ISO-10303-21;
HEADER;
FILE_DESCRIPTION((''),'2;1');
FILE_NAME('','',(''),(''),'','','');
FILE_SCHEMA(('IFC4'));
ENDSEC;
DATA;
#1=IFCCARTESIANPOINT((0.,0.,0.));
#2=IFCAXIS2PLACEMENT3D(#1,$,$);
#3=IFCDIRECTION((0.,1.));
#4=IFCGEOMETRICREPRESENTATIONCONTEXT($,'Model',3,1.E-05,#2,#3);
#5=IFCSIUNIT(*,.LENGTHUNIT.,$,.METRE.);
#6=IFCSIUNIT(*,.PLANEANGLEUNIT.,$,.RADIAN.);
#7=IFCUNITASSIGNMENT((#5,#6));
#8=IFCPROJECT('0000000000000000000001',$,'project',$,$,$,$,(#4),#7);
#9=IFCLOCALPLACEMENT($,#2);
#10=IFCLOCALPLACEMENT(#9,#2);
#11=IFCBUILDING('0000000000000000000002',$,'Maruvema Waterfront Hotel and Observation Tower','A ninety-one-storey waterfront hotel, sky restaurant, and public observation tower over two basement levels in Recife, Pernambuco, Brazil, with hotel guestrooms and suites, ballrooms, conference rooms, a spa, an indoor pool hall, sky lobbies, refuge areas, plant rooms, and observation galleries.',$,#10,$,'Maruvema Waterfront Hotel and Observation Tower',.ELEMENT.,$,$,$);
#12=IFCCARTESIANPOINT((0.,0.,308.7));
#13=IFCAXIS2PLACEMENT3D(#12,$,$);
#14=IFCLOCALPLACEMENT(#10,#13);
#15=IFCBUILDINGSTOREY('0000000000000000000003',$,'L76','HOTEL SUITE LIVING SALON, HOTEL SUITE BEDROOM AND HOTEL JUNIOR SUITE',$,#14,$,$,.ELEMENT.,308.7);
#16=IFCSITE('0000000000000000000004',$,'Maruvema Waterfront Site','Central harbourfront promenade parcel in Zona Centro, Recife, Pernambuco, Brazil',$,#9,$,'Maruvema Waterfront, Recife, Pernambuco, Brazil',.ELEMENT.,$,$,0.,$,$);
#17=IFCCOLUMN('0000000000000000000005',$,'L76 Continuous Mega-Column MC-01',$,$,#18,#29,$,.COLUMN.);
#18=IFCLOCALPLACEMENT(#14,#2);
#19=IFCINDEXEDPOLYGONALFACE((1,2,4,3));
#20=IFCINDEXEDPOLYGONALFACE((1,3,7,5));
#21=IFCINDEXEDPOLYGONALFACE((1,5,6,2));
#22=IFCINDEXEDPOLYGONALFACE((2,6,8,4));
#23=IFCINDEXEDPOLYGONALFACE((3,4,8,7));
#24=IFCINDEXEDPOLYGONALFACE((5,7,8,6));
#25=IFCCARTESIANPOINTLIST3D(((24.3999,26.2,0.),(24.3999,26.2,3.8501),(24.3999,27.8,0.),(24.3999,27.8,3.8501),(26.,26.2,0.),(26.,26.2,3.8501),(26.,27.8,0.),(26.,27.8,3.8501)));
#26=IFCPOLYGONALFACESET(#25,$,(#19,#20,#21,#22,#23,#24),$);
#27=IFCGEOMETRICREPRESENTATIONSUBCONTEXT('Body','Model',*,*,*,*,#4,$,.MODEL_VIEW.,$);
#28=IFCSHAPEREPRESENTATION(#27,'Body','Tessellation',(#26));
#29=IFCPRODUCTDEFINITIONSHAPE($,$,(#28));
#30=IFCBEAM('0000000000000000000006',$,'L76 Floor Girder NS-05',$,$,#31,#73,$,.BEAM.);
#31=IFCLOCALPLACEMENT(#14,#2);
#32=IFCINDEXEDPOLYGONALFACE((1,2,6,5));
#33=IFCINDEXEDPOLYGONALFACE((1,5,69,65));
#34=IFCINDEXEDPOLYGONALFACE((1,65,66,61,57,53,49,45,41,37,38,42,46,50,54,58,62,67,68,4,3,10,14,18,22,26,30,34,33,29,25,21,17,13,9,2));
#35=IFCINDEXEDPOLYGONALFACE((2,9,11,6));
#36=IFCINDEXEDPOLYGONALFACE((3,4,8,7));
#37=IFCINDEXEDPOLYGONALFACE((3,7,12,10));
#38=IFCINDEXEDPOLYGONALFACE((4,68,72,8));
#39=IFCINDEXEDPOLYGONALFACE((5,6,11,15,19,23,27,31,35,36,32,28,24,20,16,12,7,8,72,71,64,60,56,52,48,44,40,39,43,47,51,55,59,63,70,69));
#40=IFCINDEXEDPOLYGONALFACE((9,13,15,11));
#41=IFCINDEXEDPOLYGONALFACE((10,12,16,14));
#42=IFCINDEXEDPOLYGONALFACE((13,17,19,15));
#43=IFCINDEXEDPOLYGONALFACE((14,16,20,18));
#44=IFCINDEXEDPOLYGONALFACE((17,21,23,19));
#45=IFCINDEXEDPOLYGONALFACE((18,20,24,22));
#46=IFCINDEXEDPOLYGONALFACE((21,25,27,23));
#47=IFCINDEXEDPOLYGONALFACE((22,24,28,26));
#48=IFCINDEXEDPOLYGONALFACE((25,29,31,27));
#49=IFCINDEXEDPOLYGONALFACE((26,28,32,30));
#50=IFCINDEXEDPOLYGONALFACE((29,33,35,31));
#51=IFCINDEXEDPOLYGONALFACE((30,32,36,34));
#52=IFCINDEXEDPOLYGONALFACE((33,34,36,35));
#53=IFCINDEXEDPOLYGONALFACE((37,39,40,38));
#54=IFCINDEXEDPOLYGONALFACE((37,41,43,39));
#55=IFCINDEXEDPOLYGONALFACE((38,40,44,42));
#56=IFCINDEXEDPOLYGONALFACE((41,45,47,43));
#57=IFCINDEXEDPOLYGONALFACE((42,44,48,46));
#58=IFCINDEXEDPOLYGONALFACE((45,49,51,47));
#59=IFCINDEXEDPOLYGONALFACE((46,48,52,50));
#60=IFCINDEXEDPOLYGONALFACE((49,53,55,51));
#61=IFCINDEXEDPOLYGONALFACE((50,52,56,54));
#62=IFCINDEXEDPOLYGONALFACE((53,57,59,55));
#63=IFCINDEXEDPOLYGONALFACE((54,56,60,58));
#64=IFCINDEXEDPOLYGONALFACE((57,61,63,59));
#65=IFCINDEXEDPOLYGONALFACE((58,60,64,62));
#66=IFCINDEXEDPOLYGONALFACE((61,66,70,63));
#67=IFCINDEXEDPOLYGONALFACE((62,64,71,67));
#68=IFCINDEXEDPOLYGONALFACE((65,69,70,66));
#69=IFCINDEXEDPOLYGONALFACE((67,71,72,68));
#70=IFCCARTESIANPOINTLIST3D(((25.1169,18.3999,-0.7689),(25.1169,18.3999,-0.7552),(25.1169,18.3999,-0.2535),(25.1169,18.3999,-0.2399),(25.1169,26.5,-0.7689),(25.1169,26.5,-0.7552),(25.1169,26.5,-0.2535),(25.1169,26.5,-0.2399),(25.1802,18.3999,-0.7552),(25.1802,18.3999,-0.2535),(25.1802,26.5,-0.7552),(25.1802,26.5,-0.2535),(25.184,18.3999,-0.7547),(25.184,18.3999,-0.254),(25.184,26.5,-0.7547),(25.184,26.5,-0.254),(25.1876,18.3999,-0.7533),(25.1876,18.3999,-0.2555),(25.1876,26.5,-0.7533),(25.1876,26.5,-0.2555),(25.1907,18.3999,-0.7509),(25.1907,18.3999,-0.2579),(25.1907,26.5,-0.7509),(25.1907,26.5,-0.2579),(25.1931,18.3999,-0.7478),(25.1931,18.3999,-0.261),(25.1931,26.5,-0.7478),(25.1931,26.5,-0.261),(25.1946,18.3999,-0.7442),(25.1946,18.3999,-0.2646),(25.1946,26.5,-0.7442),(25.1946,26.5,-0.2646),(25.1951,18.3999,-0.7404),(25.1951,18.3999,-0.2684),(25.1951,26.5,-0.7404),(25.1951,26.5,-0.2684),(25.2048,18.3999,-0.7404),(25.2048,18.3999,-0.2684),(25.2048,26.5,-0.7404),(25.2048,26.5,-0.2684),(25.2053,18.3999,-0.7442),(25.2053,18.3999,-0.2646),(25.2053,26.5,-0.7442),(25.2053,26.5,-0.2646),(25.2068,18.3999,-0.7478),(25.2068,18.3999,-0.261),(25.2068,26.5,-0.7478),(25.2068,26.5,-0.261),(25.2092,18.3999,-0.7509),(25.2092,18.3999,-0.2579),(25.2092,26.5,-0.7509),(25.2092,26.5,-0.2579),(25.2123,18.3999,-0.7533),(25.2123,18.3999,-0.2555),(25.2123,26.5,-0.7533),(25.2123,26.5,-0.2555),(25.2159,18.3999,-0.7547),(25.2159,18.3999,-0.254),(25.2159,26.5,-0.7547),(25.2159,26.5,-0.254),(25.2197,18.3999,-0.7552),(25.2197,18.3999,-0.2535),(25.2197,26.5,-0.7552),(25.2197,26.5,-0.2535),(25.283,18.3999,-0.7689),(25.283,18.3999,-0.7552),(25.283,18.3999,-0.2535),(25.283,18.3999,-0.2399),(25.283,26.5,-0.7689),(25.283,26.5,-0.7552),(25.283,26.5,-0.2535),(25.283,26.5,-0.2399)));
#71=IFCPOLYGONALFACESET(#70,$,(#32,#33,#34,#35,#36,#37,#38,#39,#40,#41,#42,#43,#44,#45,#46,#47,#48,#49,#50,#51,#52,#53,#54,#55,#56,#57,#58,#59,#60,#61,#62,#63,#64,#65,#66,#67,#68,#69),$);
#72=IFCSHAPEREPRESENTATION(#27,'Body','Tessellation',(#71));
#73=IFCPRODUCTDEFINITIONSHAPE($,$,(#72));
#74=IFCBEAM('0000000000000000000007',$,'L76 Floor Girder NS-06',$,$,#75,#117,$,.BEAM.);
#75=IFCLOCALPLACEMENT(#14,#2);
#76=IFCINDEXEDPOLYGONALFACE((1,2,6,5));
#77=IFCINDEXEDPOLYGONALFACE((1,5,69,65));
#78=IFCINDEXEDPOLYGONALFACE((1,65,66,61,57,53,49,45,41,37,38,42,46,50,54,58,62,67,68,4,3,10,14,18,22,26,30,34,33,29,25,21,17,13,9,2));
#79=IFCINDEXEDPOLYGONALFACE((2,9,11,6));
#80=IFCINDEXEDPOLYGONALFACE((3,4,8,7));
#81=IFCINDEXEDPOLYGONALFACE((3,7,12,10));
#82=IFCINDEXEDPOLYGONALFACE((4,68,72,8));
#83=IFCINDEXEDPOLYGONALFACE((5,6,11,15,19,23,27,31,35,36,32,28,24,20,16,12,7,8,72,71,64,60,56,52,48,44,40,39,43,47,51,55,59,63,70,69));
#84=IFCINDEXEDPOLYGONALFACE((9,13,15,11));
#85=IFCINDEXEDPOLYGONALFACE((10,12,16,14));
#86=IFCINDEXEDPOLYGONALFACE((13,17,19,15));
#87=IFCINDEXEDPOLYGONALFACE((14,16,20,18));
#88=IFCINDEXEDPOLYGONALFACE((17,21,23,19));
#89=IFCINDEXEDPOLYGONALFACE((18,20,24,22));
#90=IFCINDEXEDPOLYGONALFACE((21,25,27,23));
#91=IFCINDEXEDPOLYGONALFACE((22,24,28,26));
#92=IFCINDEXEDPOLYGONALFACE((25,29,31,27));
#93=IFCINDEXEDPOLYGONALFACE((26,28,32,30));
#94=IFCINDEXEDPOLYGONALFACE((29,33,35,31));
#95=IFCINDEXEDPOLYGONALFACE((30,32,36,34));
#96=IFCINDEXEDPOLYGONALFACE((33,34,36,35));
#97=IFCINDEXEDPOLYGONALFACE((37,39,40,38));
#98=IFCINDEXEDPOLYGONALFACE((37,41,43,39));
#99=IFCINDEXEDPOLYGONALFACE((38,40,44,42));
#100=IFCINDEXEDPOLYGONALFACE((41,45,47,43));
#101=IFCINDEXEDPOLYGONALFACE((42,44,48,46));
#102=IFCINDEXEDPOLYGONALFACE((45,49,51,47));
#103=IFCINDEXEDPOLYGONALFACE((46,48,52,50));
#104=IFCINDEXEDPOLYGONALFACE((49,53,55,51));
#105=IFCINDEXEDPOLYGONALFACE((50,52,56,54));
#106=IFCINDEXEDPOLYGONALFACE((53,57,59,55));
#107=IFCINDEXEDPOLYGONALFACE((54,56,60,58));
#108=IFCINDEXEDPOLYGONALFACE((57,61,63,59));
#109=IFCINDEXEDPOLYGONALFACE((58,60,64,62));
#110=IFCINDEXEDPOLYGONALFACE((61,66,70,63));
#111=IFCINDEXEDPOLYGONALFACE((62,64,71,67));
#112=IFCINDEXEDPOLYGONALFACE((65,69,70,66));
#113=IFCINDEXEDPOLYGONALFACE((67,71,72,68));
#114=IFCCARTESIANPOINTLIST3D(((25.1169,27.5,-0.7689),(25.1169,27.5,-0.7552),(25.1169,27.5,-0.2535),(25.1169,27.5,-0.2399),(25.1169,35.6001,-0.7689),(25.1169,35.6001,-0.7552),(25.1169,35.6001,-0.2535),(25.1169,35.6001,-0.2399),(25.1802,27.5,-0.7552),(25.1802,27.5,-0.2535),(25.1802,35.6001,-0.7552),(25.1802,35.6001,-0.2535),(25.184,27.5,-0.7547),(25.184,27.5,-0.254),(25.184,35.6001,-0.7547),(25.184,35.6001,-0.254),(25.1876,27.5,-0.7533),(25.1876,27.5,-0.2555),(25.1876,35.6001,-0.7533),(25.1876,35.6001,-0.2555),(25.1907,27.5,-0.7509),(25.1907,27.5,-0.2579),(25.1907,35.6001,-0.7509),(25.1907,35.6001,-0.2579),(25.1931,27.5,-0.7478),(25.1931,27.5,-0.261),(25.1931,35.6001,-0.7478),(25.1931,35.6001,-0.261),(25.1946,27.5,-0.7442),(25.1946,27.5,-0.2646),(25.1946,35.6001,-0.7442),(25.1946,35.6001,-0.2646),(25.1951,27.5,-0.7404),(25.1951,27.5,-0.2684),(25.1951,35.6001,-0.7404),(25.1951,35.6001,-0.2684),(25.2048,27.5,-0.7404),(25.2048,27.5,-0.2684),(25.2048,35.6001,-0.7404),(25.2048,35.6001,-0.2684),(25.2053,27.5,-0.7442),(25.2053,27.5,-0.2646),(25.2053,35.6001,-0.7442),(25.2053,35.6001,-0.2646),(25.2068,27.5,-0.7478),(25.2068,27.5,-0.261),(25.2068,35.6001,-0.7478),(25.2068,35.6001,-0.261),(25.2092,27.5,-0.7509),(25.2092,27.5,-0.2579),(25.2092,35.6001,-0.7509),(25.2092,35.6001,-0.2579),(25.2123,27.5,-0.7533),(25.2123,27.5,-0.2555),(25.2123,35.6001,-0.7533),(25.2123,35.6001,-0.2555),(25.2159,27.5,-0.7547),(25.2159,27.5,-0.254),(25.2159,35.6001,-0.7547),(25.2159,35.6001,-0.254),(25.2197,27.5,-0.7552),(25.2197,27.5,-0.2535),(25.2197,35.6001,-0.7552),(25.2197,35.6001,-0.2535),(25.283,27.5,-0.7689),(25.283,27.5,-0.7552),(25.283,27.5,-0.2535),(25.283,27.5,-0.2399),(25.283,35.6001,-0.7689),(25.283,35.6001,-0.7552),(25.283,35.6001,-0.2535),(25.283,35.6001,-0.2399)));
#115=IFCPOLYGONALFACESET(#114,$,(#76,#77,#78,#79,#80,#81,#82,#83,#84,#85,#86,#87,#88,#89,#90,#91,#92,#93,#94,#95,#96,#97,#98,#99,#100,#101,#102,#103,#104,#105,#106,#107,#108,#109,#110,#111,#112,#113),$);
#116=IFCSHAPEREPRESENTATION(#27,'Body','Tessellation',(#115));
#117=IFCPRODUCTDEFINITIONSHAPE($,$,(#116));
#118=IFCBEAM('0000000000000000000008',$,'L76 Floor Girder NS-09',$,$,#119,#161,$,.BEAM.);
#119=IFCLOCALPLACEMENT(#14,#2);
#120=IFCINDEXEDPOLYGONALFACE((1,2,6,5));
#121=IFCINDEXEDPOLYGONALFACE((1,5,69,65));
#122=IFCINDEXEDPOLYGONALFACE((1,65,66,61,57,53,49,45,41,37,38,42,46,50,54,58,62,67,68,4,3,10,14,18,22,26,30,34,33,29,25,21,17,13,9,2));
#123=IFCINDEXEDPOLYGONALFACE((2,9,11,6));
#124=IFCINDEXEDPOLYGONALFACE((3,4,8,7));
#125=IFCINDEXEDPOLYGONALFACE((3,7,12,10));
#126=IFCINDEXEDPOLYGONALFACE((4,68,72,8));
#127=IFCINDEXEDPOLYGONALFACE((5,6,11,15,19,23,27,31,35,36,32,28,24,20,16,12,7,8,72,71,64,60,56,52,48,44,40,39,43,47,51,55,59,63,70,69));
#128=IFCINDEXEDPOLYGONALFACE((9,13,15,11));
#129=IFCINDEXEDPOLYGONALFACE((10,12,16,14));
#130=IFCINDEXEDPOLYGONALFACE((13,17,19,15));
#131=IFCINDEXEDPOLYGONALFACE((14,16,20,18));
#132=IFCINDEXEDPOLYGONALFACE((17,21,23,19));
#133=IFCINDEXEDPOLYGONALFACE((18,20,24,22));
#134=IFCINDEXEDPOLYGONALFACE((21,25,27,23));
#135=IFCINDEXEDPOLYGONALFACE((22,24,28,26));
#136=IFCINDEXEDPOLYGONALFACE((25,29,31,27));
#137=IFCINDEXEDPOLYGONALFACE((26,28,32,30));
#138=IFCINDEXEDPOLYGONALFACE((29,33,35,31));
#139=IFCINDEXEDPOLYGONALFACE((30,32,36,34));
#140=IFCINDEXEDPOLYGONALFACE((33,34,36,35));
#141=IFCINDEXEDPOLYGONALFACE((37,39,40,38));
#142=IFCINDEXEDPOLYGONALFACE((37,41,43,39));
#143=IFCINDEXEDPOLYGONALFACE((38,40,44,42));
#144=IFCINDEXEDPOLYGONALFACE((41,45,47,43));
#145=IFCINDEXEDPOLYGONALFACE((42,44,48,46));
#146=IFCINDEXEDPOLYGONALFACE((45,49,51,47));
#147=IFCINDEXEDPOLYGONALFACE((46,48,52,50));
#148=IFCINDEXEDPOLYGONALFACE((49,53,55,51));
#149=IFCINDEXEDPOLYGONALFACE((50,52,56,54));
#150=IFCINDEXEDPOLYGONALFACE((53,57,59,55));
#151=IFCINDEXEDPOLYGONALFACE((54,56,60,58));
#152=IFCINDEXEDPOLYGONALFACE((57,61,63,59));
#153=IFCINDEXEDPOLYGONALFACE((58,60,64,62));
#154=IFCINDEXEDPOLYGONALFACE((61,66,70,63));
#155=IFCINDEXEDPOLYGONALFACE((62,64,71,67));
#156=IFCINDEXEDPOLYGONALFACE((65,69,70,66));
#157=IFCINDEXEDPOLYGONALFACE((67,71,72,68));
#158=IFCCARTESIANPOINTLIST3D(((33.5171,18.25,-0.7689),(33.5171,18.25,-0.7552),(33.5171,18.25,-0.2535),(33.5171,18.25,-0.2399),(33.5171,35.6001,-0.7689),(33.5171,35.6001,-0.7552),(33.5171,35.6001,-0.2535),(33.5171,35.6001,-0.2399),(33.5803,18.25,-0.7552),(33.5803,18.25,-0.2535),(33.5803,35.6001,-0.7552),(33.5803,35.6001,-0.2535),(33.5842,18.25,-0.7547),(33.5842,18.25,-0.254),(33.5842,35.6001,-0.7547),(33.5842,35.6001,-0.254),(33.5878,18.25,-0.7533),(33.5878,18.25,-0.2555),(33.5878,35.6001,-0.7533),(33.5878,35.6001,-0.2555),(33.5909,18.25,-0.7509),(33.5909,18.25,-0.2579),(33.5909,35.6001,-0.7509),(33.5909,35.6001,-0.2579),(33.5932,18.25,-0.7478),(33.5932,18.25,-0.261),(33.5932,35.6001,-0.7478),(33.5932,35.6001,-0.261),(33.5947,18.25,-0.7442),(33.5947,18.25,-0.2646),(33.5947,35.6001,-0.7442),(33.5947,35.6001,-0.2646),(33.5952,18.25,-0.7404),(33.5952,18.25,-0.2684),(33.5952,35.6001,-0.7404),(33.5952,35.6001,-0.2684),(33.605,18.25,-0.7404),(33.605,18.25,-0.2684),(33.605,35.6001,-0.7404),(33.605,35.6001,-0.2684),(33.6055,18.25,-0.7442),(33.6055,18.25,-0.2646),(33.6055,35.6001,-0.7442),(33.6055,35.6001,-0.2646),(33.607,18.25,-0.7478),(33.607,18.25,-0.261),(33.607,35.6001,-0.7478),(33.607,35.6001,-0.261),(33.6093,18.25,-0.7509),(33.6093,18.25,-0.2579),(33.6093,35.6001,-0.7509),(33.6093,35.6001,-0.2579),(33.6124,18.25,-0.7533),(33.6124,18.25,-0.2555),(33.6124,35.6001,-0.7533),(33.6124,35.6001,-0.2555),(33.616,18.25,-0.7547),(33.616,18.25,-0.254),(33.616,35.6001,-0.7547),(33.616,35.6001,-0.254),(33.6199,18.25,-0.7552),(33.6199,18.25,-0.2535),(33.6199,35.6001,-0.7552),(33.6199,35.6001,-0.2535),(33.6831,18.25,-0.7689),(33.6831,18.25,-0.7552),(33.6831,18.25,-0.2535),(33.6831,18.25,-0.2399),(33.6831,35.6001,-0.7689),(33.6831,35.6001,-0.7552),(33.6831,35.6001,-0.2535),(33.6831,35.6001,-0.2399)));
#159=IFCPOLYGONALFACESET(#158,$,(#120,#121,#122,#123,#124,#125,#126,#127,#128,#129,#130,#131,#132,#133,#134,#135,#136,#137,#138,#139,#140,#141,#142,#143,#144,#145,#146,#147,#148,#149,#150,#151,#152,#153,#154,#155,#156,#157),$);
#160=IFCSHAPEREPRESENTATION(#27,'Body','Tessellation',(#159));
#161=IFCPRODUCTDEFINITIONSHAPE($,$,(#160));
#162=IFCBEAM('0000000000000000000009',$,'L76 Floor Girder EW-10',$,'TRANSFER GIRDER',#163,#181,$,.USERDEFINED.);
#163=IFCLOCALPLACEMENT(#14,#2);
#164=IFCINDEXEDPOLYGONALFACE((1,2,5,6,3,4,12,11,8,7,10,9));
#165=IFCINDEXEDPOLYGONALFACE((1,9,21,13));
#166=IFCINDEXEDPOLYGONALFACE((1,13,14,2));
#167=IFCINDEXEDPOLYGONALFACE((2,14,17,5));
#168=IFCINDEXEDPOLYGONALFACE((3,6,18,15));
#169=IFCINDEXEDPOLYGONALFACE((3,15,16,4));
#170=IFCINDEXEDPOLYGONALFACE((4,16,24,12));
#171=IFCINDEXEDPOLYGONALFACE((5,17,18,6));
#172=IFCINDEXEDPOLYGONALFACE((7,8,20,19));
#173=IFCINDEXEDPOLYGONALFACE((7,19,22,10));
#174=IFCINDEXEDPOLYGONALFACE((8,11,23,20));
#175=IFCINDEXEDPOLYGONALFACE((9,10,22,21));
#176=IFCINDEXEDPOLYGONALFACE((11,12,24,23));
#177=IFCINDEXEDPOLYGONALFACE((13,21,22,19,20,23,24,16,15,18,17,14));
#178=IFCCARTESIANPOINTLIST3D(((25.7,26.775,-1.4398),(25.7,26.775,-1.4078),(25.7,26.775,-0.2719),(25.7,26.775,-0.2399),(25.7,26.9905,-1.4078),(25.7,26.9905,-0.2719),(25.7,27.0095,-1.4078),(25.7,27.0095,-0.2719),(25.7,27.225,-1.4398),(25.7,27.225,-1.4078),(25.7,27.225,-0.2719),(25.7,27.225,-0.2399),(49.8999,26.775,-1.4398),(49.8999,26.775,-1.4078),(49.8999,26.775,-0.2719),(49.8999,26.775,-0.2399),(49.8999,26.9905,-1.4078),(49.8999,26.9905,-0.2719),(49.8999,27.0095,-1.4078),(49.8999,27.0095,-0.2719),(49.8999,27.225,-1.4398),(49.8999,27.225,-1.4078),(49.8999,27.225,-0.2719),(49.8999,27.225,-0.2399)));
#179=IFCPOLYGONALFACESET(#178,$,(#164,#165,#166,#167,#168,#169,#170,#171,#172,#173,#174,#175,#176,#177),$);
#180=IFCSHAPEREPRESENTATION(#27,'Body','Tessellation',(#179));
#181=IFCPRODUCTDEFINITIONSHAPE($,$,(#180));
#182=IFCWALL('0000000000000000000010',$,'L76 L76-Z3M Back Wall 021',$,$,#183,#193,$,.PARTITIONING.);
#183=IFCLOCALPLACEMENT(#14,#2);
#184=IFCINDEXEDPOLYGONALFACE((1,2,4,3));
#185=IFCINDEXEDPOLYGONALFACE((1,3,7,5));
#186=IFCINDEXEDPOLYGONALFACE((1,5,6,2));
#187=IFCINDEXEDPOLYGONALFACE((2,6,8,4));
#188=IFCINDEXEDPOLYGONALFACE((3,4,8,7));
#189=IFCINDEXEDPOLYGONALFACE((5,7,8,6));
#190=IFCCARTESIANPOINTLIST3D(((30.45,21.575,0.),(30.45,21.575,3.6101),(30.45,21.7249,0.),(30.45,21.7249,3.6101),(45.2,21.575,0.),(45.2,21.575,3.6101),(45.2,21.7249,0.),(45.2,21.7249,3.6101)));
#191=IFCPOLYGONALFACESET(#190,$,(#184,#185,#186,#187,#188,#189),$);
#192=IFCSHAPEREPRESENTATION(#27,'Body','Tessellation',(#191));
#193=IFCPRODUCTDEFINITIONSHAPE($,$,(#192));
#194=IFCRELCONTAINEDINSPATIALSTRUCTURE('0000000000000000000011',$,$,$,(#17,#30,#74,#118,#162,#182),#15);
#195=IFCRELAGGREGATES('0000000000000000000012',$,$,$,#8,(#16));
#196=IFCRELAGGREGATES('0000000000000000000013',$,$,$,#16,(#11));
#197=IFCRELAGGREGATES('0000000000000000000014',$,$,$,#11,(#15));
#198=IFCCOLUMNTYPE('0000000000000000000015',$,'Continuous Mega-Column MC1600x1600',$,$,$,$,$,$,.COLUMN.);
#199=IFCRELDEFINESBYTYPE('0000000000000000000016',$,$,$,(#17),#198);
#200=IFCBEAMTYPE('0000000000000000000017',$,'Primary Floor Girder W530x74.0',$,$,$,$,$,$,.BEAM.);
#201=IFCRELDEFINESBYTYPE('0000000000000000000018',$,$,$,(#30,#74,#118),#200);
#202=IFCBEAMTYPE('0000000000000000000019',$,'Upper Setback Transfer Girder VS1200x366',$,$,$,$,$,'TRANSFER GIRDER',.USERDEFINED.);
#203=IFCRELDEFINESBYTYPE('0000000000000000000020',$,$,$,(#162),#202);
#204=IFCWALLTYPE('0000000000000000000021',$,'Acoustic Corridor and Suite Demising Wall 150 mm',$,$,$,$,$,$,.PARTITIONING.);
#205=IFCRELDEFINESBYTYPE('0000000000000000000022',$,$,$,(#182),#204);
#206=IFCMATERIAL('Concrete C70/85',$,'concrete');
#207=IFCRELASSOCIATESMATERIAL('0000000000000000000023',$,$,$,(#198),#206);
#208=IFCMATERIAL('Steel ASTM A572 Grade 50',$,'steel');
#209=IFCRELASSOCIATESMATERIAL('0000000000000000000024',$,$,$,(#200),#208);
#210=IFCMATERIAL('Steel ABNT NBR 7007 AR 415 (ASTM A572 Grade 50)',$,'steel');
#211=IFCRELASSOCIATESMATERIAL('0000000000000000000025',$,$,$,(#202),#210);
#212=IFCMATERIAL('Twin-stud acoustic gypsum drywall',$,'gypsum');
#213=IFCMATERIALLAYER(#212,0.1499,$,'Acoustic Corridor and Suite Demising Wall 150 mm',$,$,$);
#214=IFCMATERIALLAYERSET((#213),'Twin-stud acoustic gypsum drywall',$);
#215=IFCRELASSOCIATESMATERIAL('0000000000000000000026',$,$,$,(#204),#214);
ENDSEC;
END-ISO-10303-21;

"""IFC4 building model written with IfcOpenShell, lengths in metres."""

from ifc_helpers import new_model, si_unit, direction, frame, frame_2d, origin, origin_2d, place, context, subcontext, project, spatial, rectangle, i_section, extrude, material, layer, layer_set, material_profile, profile_set, type_object, element, save


model = new_model("IFC4")

# Units and contexts
model_context = context("Model", 3, precision=1e-05, world=origin(), true_north=direction((0.0, 1.0)))
body_context = subcontext(model_context, "Body", "Model", "MODEL_VIEW")
ifc_project = project(units=[si_unit("LENGTHUNIT", "METRE"), si_unit("PLANEANGLEUNIT", "RADIAN")], contexts=[model_context])

# Site, building, storey
site_placement = place(None, origin())
site = spatial("IfcSite", under=ifc_project, at=site_placement, Name="Maruvema Waterfront Site", Description="Central harbourfront promenade parcel in Zona Centro, Recife, Pernambuco, Brazil", LongName="Maruvema Waterfront, Recife, Pernambuco, Brazil", CompositionType="ELEMENT", RefElevation=0.0)
building_placement = place(site_placement, origin())
building = spatial("IfcBuilding", under=site, at=building_placement, Name="Maruvema Waterfront Hotel and Observation Tower", Description="A ninety-one-storey waterfront hotel, sky restaurant, and public observation tower over two basement levels in Recife, Pernambuco, Brazil, with hotel guestrooms and suites, ballrooms, conference rooms, a spa, an indoor pool hall, sky lobbies, refuge areas, plant rooms, and observation galleries.", LongName="Maruvema Waterfront Hotel and Observation Tower", CompositionType="ELEMENT")
storey_placement = place(building_placement, frame((0.0, 0.0, 308.7)))
storey = spatial("IfcBuildingStorey", under=building, at=storey_placement, Name="L76", Description="HOTEL SUITE LIVING SALON, HOTEL SUITE BEDROOM AND HOTEL JUNIOR SUITE", CompositionType="ELEMENT", Elevation=308.7)

# Column
ifc_material_1 = material(Name="Concrete C70/85", Category="concrete")
ifc_material_profile_1 = material_profile(ifc_material_1, rectangle(XDim=1.6001, YDim=1.6001, at=origin_2d()), Name="MC1600x1600")
ifc_profile_set_1 = profile_set([ifc_material_profile_1], Name="Concrete C70/85")
column_type = type_object("IfcColumnType", Name="Continuous Mega-Column MC1600x1600", PredefinedType="COLUMN", material=ifc_profile_set_1)
column_placement = place(storey_placement, frame((25.2, 27.0, 0.0), z_axis=(0.0, 0.0, 1.0), x_axis=(1.0, 0.0, 0.0)))
element("IfcColumn", 1, at=column_placement, inside=storey, type_object=column_type, Name="L76 Continuous Mega-Column MC-01", PredefinedType="COLUMN", context=body_context, shape_type="SweptSolid", body=[
    extrude(rectangle(XDim=1.6001, YDim=1.6001, at=origin_2d()), origin(), (0.0, 0.0, 1.0), 3.8501),
])

# Beams
ifc_material_2 = material(Name="Steel ASTM A572 Grade 50", Category="steel")
ifc_material_profile_2 = material_profile(ifc_material_2, i_section(OverallWidth=0.166, OverallDepth=0.5291, WebThickness=0.0098, FlangeThickness=0.0137, FilletRadius=0.0149, at=origin_2d()), Name="W530x74.0")
ifc_profile_set_2 = profile_set([ifc_material_profile_2], Name="Steel ASTM A572 Grade 50")
beam_type_1 = type_object("IfcBeamType", Name="Primary Floor Girder W530x74.0", PredefinedType="BEAM", material=ifc_profile_set_2)
for number, where, z_axis, x_axis, name in (
    (2, (25.2, 18.3999, -0.5044), (0.0, 1.0, 0.0), (-1.0, 0.0, 0.0), "L76 Floor Girder NS-05"),
    (3, (25.2, 27.5, -0.5044), (0.0, 1.0, 0.0), (-1.0, 0.0, 0.0), "L76 Floor Girder NS-06"),
):
    element("IfcBeam", number, at=place(storey_placement, frame(where, z_axis=z_axis, x_axis=x_axis)), inside=storey, type_object=beam_type_1, Name=name, PredefinedType="BEAM", context=body_context, shape_type="SweptSolid", body=[
        extrude(i_section(OverallWidth=0.166, OverallDepth=0.5291, WebThickness=0.0098, FlangeThickness=0.0137, FilletRadius=0.0149, at=origin_2d()), origin(), (0.0, 0.0, 1.0), 8.1001),
    ])
beam_1_placement = place(storey_placement, frame((33.6001, 18.25, -0.5044), z_axis=(0.0, 1.0, 0.0), x_axis=(-1.0, 0.0, 0.0)))
element("IfcBeam", 4, at=beam_1_placement, inside=storey, type_object=beam_type_1, Name="L76 Floor Girder NS-09", PredefinedType="BEAM", context=body_context, shape_type="SweptSolid", body=[
    extrude(i_section(OverallWidth=0.166, OverallDepth=0.5291, WebThickness=0.0098, FlangeThickness=0.0137, FilletRadius=0.0149, at=origin_2d()), origin(), (0.0, 0.0, 1.0), 17.3501),
])
ifc_material_3 = material(Name="Steel ABNT NBR 7007 AR 415 (ASTM A572 Grade 50)", Category="steel")
ifc_material_profile_3 = material_profile(ifc_material_3, i_section(OverallWidth=0.45, OverallDepth=1.2, WebThickness=0.019, FlangeThickness=0.032, at=origin_2d()), Name="VS1200x366")
ifc_profile_set_3 = profile_set([ifc_material_profile_3], Name="Steel ABNT NBR 7007 AR 415 (ASTM A572 Grade 50)")
beam_type_2 = type_object("IfcBeamType", Name="Upper Setback Transfer Girder VS1200x366", ElementType="TRANSFER GIRDER", PredefinedType="USERDEFINED", material=ifc_profile_set_3)
beam_2_placement = place(storey_placement, frame((25.7, 27.0, -0.8398), z_axis=(1.0, 0.0, 0.0), x_axis=(0.0, 1.0, 0.0)))
element("IfcBeam", 5, at=beam_2_placement, inside=storey, type_object=beam_type_2, Name="L76 Floor Girder EW-10", ObjectType="TRANSFER GIRDER", PredefinedType="USERDEFINED", context=body_context, shape_type="SweptSolid", body=[
    extrude(i_section(OverallWidth=0.45, OverallDepth=1.2, WebThickness=0.019, FlangeThickness=0.032, at=origin_2d()), origin(), (0.0, 0.0, 1.0), 24.2),
])

# Wall
ifc_material_4 = material(Name="Twin-stud acoustic gypsum drywall", Category="gypsum")
ifc_layer_1 = layer(ifc_material_4, 0.1499, Name="Acoustic Corridor and Suite Demising Wall 150 mm")
ifc_layer_set_1 = layer_set([ifc_layer_1], Name="Twin-stud acoustic gypsum drywall")
wall_type_1 = type_object("IfcWallType", Name="Acoustic Corridor and Suite Demising Wall 150 mm", PredefinedType="PARTITIONING", material=ifc_layer_set_1)
wall_1_placement = place(storey_placement, frame((30.45, 21.6499, 0.0), z_axis=(0.0, 0.0, 1.0), x_axis=(1.0, 0.0, 0.0)))
element("IfcWall", 6, at=wall_1_placement, inside=storey, type_object=wall_type_1, Name="L76 L76-Z3M Back Wall 021", PredefinedType="PARTITIONING", context=body_context, shape_type="SweptSolid", body=[
    extrude(rectangle(XDim=14.75, YDim=0.1499, at=frame_2d((7.375, 0.0))), origin(), (0.0, 0.0, 1.0), 3.6101),
])

save(model, "model.ifc")
